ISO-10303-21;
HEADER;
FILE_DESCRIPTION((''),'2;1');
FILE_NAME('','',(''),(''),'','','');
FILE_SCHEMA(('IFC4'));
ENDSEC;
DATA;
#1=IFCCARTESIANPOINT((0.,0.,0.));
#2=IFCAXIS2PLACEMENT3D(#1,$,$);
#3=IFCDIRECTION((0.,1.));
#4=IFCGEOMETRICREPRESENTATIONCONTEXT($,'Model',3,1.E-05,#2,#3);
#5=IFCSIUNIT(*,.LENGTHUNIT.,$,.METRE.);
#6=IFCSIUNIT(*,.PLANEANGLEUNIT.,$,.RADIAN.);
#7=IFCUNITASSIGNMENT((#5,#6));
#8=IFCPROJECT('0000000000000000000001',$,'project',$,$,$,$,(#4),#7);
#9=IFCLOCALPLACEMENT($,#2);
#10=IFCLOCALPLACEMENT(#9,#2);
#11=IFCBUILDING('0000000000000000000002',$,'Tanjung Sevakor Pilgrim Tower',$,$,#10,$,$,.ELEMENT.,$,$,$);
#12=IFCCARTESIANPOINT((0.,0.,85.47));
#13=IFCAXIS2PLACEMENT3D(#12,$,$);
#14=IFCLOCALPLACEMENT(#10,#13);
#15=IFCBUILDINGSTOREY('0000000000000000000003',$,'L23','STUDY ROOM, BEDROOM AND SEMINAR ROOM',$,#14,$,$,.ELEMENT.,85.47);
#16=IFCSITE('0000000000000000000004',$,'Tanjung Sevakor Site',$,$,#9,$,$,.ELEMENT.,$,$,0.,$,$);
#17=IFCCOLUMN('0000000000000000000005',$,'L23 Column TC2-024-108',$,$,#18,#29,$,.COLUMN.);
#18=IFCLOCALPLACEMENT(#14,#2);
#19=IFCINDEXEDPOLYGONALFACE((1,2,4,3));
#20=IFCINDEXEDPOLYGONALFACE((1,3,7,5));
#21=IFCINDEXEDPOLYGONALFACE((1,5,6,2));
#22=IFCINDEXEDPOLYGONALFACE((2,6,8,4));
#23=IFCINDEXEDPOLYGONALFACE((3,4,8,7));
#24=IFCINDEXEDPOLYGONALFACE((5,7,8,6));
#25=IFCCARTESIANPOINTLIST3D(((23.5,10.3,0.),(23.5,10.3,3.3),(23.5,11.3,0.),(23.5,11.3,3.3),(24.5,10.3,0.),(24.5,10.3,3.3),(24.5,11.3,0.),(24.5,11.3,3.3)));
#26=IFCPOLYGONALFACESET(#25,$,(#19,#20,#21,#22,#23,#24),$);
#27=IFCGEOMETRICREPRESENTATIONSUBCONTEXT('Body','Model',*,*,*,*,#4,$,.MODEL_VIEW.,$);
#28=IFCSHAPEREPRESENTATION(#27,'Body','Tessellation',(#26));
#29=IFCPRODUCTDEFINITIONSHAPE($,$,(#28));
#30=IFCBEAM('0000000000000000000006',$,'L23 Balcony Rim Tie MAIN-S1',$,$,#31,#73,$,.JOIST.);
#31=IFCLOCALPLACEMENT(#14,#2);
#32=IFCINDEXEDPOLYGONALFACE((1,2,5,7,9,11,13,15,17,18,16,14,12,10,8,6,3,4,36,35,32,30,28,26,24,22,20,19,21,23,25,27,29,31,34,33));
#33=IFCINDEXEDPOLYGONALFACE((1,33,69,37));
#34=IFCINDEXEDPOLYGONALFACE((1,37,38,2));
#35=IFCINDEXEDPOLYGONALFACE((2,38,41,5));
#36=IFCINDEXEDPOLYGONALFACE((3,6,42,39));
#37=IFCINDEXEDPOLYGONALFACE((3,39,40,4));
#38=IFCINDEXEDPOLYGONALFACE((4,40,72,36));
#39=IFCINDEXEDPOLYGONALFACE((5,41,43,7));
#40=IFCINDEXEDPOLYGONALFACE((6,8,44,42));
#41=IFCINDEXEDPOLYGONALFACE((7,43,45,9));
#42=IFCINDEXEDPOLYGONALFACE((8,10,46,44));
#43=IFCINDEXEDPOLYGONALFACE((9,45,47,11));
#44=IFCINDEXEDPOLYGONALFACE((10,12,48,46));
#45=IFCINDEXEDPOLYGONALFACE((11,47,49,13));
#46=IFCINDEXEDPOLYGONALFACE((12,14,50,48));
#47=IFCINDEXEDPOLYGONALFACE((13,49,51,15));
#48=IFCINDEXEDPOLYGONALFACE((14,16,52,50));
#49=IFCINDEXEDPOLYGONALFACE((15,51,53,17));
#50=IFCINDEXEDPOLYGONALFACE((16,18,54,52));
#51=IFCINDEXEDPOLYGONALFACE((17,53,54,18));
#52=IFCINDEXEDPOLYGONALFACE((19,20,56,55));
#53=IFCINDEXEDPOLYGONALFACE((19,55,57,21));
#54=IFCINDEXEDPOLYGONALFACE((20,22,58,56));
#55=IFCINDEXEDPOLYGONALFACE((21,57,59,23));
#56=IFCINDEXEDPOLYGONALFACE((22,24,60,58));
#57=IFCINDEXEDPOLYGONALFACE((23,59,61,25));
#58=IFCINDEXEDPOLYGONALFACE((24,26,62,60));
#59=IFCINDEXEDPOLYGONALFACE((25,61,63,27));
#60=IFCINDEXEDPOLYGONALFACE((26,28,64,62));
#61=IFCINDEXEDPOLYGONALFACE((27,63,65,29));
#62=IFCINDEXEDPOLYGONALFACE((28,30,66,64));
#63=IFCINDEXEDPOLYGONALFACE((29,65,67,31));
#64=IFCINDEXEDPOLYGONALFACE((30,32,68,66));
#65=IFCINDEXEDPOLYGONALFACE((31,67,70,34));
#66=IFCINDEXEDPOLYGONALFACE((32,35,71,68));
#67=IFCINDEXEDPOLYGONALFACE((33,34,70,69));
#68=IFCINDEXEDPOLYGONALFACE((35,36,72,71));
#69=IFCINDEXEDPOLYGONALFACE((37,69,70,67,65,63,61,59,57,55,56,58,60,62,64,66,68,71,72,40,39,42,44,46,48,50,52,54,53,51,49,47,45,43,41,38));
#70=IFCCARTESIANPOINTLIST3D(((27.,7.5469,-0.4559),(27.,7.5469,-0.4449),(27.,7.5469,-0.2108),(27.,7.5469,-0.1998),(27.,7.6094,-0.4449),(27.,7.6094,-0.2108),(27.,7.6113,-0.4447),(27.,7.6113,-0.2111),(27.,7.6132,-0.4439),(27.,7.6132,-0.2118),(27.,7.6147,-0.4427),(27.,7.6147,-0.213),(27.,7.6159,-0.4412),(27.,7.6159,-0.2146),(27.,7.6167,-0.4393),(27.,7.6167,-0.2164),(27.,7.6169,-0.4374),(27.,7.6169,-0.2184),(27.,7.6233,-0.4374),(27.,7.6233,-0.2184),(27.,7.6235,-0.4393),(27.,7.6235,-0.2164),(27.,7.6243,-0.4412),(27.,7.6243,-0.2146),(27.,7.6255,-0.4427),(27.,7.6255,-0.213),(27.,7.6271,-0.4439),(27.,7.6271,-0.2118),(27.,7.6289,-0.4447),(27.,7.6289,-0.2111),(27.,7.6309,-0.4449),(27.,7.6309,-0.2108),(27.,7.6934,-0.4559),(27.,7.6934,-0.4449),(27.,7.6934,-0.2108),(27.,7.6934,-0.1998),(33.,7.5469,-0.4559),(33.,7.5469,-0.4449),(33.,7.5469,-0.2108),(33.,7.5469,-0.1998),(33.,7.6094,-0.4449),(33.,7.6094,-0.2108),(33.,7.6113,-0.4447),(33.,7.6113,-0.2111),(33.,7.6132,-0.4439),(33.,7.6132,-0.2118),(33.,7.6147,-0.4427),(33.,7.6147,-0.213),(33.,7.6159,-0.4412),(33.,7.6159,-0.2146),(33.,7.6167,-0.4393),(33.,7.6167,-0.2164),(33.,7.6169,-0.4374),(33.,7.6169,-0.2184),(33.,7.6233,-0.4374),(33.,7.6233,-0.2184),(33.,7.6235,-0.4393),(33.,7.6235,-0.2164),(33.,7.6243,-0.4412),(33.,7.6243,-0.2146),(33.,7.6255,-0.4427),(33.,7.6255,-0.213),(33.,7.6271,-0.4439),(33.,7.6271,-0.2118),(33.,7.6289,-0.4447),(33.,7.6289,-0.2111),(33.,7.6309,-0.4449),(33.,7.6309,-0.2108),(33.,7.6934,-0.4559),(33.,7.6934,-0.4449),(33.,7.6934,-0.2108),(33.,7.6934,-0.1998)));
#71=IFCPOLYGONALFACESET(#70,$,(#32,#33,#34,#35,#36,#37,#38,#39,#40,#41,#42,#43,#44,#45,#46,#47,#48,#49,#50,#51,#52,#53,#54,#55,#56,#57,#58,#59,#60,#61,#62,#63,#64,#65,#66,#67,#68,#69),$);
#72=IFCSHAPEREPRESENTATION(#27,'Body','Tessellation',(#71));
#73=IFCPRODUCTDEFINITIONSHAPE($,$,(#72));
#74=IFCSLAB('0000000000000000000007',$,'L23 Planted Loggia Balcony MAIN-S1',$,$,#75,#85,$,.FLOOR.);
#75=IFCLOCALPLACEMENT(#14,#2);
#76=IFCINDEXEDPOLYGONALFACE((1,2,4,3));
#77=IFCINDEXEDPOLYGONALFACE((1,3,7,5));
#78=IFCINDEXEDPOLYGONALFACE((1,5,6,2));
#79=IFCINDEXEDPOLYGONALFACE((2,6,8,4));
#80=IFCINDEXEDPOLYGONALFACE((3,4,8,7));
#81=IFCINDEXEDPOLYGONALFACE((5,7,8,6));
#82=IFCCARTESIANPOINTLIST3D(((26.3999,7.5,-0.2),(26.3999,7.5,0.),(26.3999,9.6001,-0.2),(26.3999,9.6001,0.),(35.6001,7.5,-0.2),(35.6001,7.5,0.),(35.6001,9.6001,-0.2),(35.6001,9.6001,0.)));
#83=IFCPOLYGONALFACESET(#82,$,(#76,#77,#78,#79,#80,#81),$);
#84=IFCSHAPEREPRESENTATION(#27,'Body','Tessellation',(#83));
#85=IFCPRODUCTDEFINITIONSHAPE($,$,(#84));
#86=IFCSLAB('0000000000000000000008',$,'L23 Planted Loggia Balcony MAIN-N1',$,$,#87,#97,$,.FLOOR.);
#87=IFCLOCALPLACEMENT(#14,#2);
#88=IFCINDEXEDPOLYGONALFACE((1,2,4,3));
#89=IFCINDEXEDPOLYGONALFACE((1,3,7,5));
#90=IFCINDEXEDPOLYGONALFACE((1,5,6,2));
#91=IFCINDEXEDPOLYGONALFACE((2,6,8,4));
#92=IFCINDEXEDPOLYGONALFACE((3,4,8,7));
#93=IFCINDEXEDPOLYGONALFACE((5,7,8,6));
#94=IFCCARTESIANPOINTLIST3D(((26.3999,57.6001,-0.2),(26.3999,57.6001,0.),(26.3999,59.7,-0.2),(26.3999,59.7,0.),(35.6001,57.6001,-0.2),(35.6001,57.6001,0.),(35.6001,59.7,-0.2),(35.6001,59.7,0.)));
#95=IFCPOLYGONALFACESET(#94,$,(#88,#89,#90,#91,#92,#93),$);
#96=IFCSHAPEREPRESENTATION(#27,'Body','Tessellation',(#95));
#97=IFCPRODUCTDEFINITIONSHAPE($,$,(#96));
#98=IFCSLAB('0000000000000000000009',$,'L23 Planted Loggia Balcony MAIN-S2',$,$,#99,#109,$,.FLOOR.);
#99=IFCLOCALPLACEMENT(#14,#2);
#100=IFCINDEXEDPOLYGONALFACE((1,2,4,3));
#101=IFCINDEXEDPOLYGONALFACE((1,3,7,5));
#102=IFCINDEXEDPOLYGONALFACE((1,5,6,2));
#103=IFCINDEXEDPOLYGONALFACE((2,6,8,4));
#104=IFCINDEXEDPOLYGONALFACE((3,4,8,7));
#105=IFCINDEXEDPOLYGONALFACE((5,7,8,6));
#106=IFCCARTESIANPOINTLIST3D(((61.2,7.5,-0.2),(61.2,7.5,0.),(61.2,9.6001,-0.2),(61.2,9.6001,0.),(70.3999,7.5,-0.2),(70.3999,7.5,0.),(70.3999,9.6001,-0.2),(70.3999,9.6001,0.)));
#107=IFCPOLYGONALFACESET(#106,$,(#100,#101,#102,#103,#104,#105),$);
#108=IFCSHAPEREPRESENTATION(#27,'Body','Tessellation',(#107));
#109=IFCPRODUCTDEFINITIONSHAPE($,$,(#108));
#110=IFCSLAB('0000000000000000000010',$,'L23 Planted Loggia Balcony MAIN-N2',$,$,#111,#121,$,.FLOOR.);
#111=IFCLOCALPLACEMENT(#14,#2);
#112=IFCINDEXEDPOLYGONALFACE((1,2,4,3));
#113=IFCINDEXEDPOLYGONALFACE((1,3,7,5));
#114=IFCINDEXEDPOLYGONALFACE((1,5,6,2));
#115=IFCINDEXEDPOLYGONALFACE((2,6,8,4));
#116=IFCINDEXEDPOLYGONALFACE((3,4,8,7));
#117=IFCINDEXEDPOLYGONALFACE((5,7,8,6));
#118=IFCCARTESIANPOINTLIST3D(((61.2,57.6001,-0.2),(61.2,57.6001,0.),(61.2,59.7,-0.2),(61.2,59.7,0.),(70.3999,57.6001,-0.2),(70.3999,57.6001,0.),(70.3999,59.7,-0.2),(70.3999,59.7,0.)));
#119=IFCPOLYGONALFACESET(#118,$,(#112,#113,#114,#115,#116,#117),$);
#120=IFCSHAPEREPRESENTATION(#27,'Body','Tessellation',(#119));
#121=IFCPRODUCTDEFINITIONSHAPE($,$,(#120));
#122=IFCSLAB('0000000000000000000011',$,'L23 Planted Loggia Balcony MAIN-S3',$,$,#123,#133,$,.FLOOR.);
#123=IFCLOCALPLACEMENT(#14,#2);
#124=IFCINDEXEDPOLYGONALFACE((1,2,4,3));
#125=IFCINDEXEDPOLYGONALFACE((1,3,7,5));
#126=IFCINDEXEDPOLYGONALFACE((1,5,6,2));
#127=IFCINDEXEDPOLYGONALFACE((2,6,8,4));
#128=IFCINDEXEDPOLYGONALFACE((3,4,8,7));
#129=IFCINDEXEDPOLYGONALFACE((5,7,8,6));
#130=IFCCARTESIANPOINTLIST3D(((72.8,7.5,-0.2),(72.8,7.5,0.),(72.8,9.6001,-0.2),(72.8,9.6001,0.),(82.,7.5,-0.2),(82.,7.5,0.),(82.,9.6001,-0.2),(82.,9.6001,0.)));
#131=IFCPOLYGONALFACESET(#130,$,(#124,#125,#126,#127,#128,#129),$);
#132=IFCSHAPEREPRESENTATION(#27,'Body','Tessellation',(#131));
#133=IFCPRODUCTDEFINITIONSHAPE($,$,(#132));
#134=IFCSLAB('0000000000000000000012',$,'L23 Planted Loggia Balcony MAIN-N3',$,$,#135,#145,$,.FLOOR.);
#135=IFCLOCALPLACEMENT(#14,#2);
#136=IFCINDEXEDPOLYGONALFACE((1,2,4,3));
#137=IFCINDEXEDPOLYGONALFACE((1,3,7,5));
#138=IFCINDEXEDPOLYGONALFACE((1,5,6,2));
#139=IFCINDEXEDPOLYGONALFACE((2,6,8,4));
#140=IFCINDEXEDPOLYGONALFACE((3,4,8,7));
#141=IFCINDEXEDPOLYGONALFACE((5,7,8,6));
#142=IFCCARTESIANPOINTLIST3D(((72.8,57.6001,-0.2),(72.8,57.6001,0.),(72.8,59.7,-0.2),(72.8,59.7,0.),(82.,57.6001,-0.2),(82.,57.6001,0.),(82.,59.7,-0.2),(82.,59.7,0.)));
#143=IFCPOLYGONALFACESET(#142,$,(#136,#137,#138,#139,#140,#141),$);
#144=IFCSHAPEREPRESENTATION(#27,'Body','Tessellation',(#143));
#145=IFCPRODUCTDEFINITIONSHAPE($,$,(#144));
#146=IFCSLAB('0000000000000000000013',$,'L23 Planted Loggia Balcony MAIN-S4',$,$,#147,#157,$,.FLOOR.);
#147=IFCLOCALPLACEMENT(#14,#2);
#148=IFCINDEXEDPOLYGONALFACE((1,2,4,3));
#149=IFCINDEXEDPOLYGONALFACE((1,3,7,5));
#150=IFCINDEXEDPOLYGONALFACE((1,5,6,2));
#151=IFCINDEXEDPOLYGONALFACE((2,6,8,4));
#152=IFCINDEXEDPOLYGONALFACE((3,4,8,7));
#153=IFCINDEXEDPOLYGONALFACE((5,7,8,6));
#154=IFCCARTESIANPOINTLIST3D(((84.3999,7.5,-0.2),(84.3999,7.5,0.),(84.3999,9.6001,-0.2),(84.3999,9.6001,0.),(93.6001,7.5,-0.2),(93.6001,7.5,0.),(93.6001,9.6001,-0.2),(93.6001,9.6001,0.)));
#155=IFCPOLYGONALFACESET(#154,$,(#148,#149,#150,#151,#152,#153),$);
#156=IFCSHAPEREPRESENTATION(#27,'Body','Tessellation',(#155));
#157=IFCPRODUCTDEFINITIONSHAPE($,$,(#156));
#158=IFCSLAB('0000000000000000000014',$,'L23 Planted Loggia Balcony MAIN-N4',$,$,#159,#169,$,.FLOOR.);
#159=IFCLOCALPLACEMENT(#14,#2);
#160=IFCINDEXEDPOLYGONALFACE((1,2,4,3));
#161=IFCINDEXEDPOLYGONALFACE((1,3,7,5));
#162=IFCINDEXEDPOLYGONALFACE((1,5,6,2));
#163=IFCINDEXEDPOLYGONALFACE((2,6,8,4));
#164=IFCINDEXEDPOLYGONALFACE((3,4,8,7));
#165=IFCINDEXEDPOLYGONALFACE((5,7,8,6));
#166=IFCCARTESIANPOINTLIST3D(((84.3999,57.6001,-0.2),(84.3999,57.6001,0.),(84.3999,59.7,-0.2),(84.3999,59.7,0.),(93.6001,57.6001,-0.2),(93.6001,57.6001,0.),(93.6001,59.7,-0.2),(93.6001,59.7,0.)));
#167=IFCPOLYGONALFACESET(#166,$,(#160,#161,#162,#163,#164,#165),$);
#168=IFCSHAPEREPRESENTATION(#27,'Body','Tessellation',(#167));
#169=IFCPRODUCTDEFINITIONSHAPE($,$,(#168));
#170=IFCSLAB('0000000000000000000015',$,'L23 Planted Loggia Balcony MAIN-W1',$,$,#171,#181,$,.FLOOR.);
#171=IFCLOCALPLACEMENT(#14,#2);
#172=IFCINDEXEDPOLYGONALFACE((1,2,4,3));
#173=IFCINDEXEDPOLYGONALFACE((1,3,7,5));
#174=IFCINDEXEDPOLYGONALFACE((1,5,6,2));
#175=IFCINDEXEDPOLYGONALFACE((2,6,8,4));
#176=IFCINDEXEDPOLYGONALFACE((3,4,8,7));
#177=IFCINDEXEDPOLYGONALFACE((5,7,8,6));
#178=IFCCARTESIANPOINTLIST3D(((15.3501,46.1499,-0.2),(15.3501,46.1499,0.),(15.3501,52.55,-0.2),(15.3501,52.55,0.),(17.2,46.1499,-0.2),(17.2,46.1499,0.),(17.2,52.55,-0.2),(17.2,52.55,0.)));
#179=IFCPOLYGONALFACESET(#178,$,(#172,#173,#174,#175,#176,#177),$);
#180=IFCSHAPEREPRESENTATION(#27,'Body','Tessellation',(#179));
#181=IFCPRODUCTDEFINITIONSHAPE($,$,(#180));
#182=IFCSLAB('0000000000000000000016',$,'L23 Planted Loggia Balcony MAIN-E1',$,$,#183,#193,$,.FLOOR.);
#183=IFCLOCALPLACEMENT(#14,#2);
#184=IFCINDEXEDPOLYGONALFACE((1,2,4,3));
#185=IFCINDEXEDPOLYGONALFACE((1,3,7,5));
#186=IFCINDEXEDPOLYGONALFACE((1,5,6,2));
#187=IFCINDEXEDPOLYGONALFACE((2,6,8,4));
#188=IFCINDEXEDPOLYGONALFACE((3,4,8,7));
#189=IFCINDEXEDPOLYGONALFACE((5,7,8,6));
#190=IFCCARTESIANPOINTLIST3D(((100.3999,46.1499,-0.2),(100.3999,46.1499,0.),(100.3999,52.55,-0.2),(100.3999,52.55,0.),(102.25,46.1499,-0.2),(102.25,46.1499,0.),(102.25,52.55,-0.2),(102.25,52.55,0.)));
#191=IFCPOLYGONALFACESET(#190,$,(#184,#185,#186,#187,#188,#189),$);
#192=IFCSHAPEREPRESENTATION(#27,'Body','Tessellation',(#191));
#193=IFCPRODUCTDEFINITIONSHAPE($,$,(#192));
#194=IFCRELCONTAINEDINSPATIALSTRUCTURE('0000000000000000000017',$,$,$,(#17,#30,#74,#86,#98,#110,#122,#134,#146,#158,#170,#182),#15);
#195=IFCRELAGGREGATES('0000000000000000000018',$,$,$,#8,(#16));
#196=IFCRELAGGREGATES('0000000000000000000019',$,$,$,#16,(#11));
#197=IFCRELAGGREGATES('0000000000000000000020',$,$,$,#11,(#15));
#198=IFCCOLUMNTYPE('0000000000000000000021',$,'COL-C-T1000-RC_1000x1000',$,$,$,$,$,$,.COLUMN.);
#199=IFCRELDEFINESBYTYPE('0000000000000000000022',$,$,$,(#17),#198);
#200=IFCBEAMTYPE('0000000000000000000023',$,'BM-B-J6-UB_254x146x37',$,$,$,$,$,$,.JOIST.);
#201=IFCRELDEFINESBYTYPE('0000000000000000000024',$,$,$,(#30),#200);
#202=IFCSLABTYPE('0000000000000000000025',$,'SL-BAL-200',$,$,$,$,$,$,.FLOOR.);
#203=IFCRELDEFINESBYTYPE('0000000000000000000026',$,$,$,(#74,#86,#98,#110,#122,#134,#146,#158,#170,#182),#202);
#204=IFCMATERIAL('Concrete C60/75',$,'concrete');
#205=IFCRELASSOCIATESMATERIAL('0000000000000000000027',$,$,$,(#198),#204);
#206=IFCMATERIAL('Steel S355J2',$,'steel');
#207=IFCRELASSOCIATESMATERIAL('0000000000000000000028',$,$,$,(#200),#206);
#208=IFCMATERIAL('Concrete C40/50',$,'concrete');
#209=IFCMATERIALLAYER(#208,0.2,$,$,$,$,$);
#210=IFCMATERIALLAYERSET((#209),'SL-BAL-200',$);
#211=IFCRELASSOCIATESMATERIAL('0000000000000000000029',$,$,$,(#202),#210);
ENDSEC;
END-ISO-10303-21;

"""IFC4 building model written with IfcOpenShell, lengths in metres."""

from ifc_helpers import new_model, si_unit, direction, frame, origin, origin_2d, place, context, subcontext, project, spatial, polyline, rectangle, i_section, outline, extrude, material, layer, layer_set, material_profile, profile_set, type_object, element, save


model = new_model("IFC4")

# Units and contexts
model_context = context("Model", 3, precision=1e-05, world=origin(), true_north=direction((0.0, 1.0)))
body_context = subcontext(model_context, "Body", "Model", "MODEL_VIEW")
ifc_project = project(units=[si_unit("LENGTHUNIT", "METRE"), si_unit("PLANEANGLEUNIT", "RADIAN")], contexts=[model_context])

# Site, building, storey
site_placement = place(None, origin())
site = spatial("IfcSite", under=ifc_project, at=site_placement, Name="Tanjung Sevakor Site", CompositionType="ELEMENT", RefElevation=0.0)
building_placement = place(site_placement, origin())
building = spatial("IfcBuilding", under=site, at=building_placement, Name="Tanjung Sevakor Pilgrim Tower", CompositionType="ELEMENT")
storey_placement = place(building_placement, frame((0.0, 0.0, 85.47)))
storey = spatial("IfcBuildingStorey", under=building, at=storey_placement, Name="L23", Description="STUDY ROOM, BEDROOM AND SEMINAR ROOM", CompositionType="ELEMENT", Elevation=85.47)

# Column
ifc_material_1 = material(Name="Concrete C60/75", Category="concrete")
ifc_material_profile_1 = material_profile(ifc_material_1, rectangle(XDim=1.0, YDim=1.0, at=origin_2d()))
ifc_profile_set_1 = profile_set([ifc_material_profile_1], Name="Concrete C60/75")
column_type = type_object("IfcColumnType", Name="COL-C-T1000-RC_1000x1000", PredefinedType="COLUMN", material=ifc_profile_set_1)
column_placement = place(storey_placement, frame((24.0, 10.8, 0.0), z_axis=(0.0, 0.0, 1.0), x_axis=(1.0, 0.0, 0.0)))
element("IfcColumn", 1, at=column_placement, inside=storey, type_object=column_type, Name="L23 Column TC2-024-108", PredefinedType="COLUMN", context=body_context, shape_type="SweptSolid", body=[
    extrude(rectangle(XDim=1.0, YDim=1.0, at=origin_2d()), origin(), (0.0, 0.0, 1.0), 3.3),
])

# Beam
ifc_material_2 = material(Name="Steel S355J2", Category="steel")
ifc_material_profile_2 = material_profile(ifc_material_2, i_section(OverallWidth=0.1465, OverallDepth=0.2561, WebThickness=0.0063, FlangeThickness=0.011, FilletRadius=0.0076, at=origin_2d()))
ifc_profile_set_2 = profile_set([ifc_material_profile_2], Name="Steel S355J2")
beam_type = type_object("IfcBeamType", Name="BM-B-J6-UB_254x146x37", PredefinedType="JOIST", material=ifc_profile_set_2)
beam_placement = place(storey_placement, frame((27.0, 7.6201, -0.3279), z_axis=(1.0, 0.0, 0.0), x_axis=(0.0, 1.0, 0.0)))
element("IfcBeam", 2, at=beam_placement, inside=storey, type_object=beam_type, Name="L23 Balcony Rim Tie MAIN-S1", PredefinedType="JOIST", context=body_context, shape_type="SweptSolid", body=[
    extrude(i_section(OverallWidth=0.1465, OverallDepth=0.2561, WebThickness=0.0063, FlangeThickness=0.011, FilletRadius=0.0076, at=origin_2d()), origin(), (0.0, 0.0, 1.0), 6.0),
])

# Slabs
ifc_material_3 = material(Name="Concrete C40/50", Category="concrete")
ifc_layer_1 = layer(ifc_material_3, 0.2)
ifc_layer_set_1 = layer_set([ifc_layer_1], Name="SL-BAL-200")
slab_type_1 = type_object("IfcSlabType", Name="SL-BAL-200", PredefinedType="FLOOR", material=ifc_layer_set_1)
slab_1_placement = place(storey_placement, frame((0.0, 0.0, -0.2)))
element("IfcSlab", 3, at=slab_1_placement, inside=storey, type_object=slab_type_1, Name="L23 Planted Loggia Balcony MAIN-S1", PredefinedType="FLOOR", context=body_context, shape_type="SweptSolid", body=[
    extrude(outline(polyline([(26.3999, 7.5), (35.6001, 7.5), (35.6001, 9.6001), (26.3999, 9.6001), (26.3999, 7.5)])), origin(), (0.0, 0.0, 1.0), 0.2),
])
slab_2_placement = place(storey_placement, frame((0.0, 0.0, -0.2)))
element("IfcSlab", 4, at=slab_2_placement, inside=storey, type_object=slab_type_1, Name="L23 Planted Loggia Balcony MAIN-N1", PredefinedType="FLOOR", context=body_context, shape_type="SweptSolid", body=[
    extrude(outline(polyline([(26.3999, 57.6001), (35.6001, 57.6001), (35.6001, 59.7), (26.3999, 59.7), (26.3999, 57.6001)])), origin(), (0.0, 0.0, 1.0), 0.2),
])
slab_3_placement = place(storey_placement, frame((0.0, 0.0, -0.2)))
element("IfcSlab", 5, at=slab_3_placement, inside=storey, type_object=slab_type_1, Name="L23 Planted Loggia Balcony MAIN-S2", PredefinedType="FLOOR", context=body_context, shape_type="SweptSolid", body=[
    extrude(outline(polyline([(61.2, 7.5), (70.3999, 7.5), (70.3999, 9.6001), (61.2, 9.6001), (61.2, 7.5)])), origin(), (0.0, 0.0, 1.0), 0.2),
])
slab_4_placement = place(storey_placement, frame((0.0, 0.0, -0.2)))
element("IfcSlab", 6, at=slab_4_placement, inside=storey, type_object=slab_type_1, Name="L23 Planted Loggia Balcony MAIN-N2", PredefinedType="FLOOR", context=body_context, shape_type="SweptSolid", body=[
    extrude(outline(polyline([(61.2, 57.6001), (70.3999, 57.6001), (70.3999, 59.7), (61.2, 59.7), (61.2, 57.6001)])), origin(), (0.0, 0.0, 1.0), 0.2),
])
slab_5_placement = place(storey_placement, frame((0.0, 0.0, -0.2)))
element("IfcSlab", 7, at=slab_5_placement, inside=storey, type_object=slab_type_1, Name="L23 Planted Loggia Balcony MAIN-S3", PredefinedType="FLOOR", context=body_context, shape_type="SweptSolid", body=[
    extrude(outline(polyline([(72.8, 7.5), (82.0, 7.5), (82.0, 9.6001), (72.8, 9.6001), (72.8, 7.5)])), origin(), (0.0, 0.0, 1.0), 0.2),
])
slab_6_placement = place(storey_placement, frame((0.0, 0.0, -0.2)))
element("IfcSlab", 8, at=slab_6_placement, inside=storey, type_object=slab_type_1, Name="L23 Planted Loggia Balcony MAIN-N3", PredefinedType="FLOOR", context=body_context, shape_type="SweptSolid", body=[
    extrude(outline(polyline([(72.8, 57.6001), (82.0, 57.6001), (82.0, 59.7), (72.8, 59.7), (72.8, 57.6001)])), origin(), (0.0, 0.0, 1.0), 0.2),
])
slab_7_placement = place(storey_placement, frame((0.0, 0.0, -0.2)))
element("IfcSlab", 9, at=slab_7_placement, inside=storey, type_object=slab_type_1, Name="L23 Planted Loggia Balcony MAIN-S4", PredefinedType="FLOOR", context=body_context, shape_type="SweptSolid", body=[
    extrude(outline(polyline([(84.3999, 7.5), (93.6001, 7.5), (93.6001, 9.6001), (84.3999, 9.6001), (84.3999, 7.5)])), origin(), (0.0, 0.0, 1.0), 0.2),
])
slab_8_placement = place(storey_placement, frame((0.0, 0.0, -0.2)))
element("IfcSlab", 10, at=slab_8_placement, inside=storey, type_object=slab_type_1, Name="L23 Planted Loggia Balcony MAIN-N4", PredefinedType="FLOOR", context=body_context, shape_type="SweptSolid", body=[
    extrude(outline(polyline([(84.3999, 57.6001), (93.6001, 57.6001), (93.6001, 59.7), (84.3999, 59.7), (84.3999, 57.6001)])), origin(), (0.0, 0.0, 1.0), 0.2),
])
slab_9_placement = place(storey_placement, frame((0.0, 0.0, -0.2)))
element("IfcSlab", 11, at=slab_9_placement, inside=storey, type_object=slab_type_1, Name="L23 Planted Loggia Balcony MAIN-W1", PredefinedType="FLOOR", context=body_context, shape_type="SweptSolid", body=[
    extrude(outline(polyline([(15.3501, 46.1499), (17.2, 46.1499), (17.2, 52.55), (15.3501, 52.55), (15.3501, 46.1499)])), origin(), (0.0, 0.0, 1.0), 0.2),
])
slab_10_placement = place(storey_placement, frame((0.0, 0.0, -0.2)))
element("IfcSlab", 12, at=slab_10_placement, inside=storey, type_object=slab_type_1, Name="L23 Planted Loggia Balcony MAIN-E1", PredefinedType="FLOOR", context=body_context, shape_type="SweptSolid", body=[
    extrude(outline(polyline([(100.3999, 46.1499), (102.25, 46.1499), (102.25, 52.55), (100.3999, 52.55), (100.3999, 46.1499)])), origin(), (0.0, 0.0, 1.0), 0.2),
])

save(model, "model.ifc")
